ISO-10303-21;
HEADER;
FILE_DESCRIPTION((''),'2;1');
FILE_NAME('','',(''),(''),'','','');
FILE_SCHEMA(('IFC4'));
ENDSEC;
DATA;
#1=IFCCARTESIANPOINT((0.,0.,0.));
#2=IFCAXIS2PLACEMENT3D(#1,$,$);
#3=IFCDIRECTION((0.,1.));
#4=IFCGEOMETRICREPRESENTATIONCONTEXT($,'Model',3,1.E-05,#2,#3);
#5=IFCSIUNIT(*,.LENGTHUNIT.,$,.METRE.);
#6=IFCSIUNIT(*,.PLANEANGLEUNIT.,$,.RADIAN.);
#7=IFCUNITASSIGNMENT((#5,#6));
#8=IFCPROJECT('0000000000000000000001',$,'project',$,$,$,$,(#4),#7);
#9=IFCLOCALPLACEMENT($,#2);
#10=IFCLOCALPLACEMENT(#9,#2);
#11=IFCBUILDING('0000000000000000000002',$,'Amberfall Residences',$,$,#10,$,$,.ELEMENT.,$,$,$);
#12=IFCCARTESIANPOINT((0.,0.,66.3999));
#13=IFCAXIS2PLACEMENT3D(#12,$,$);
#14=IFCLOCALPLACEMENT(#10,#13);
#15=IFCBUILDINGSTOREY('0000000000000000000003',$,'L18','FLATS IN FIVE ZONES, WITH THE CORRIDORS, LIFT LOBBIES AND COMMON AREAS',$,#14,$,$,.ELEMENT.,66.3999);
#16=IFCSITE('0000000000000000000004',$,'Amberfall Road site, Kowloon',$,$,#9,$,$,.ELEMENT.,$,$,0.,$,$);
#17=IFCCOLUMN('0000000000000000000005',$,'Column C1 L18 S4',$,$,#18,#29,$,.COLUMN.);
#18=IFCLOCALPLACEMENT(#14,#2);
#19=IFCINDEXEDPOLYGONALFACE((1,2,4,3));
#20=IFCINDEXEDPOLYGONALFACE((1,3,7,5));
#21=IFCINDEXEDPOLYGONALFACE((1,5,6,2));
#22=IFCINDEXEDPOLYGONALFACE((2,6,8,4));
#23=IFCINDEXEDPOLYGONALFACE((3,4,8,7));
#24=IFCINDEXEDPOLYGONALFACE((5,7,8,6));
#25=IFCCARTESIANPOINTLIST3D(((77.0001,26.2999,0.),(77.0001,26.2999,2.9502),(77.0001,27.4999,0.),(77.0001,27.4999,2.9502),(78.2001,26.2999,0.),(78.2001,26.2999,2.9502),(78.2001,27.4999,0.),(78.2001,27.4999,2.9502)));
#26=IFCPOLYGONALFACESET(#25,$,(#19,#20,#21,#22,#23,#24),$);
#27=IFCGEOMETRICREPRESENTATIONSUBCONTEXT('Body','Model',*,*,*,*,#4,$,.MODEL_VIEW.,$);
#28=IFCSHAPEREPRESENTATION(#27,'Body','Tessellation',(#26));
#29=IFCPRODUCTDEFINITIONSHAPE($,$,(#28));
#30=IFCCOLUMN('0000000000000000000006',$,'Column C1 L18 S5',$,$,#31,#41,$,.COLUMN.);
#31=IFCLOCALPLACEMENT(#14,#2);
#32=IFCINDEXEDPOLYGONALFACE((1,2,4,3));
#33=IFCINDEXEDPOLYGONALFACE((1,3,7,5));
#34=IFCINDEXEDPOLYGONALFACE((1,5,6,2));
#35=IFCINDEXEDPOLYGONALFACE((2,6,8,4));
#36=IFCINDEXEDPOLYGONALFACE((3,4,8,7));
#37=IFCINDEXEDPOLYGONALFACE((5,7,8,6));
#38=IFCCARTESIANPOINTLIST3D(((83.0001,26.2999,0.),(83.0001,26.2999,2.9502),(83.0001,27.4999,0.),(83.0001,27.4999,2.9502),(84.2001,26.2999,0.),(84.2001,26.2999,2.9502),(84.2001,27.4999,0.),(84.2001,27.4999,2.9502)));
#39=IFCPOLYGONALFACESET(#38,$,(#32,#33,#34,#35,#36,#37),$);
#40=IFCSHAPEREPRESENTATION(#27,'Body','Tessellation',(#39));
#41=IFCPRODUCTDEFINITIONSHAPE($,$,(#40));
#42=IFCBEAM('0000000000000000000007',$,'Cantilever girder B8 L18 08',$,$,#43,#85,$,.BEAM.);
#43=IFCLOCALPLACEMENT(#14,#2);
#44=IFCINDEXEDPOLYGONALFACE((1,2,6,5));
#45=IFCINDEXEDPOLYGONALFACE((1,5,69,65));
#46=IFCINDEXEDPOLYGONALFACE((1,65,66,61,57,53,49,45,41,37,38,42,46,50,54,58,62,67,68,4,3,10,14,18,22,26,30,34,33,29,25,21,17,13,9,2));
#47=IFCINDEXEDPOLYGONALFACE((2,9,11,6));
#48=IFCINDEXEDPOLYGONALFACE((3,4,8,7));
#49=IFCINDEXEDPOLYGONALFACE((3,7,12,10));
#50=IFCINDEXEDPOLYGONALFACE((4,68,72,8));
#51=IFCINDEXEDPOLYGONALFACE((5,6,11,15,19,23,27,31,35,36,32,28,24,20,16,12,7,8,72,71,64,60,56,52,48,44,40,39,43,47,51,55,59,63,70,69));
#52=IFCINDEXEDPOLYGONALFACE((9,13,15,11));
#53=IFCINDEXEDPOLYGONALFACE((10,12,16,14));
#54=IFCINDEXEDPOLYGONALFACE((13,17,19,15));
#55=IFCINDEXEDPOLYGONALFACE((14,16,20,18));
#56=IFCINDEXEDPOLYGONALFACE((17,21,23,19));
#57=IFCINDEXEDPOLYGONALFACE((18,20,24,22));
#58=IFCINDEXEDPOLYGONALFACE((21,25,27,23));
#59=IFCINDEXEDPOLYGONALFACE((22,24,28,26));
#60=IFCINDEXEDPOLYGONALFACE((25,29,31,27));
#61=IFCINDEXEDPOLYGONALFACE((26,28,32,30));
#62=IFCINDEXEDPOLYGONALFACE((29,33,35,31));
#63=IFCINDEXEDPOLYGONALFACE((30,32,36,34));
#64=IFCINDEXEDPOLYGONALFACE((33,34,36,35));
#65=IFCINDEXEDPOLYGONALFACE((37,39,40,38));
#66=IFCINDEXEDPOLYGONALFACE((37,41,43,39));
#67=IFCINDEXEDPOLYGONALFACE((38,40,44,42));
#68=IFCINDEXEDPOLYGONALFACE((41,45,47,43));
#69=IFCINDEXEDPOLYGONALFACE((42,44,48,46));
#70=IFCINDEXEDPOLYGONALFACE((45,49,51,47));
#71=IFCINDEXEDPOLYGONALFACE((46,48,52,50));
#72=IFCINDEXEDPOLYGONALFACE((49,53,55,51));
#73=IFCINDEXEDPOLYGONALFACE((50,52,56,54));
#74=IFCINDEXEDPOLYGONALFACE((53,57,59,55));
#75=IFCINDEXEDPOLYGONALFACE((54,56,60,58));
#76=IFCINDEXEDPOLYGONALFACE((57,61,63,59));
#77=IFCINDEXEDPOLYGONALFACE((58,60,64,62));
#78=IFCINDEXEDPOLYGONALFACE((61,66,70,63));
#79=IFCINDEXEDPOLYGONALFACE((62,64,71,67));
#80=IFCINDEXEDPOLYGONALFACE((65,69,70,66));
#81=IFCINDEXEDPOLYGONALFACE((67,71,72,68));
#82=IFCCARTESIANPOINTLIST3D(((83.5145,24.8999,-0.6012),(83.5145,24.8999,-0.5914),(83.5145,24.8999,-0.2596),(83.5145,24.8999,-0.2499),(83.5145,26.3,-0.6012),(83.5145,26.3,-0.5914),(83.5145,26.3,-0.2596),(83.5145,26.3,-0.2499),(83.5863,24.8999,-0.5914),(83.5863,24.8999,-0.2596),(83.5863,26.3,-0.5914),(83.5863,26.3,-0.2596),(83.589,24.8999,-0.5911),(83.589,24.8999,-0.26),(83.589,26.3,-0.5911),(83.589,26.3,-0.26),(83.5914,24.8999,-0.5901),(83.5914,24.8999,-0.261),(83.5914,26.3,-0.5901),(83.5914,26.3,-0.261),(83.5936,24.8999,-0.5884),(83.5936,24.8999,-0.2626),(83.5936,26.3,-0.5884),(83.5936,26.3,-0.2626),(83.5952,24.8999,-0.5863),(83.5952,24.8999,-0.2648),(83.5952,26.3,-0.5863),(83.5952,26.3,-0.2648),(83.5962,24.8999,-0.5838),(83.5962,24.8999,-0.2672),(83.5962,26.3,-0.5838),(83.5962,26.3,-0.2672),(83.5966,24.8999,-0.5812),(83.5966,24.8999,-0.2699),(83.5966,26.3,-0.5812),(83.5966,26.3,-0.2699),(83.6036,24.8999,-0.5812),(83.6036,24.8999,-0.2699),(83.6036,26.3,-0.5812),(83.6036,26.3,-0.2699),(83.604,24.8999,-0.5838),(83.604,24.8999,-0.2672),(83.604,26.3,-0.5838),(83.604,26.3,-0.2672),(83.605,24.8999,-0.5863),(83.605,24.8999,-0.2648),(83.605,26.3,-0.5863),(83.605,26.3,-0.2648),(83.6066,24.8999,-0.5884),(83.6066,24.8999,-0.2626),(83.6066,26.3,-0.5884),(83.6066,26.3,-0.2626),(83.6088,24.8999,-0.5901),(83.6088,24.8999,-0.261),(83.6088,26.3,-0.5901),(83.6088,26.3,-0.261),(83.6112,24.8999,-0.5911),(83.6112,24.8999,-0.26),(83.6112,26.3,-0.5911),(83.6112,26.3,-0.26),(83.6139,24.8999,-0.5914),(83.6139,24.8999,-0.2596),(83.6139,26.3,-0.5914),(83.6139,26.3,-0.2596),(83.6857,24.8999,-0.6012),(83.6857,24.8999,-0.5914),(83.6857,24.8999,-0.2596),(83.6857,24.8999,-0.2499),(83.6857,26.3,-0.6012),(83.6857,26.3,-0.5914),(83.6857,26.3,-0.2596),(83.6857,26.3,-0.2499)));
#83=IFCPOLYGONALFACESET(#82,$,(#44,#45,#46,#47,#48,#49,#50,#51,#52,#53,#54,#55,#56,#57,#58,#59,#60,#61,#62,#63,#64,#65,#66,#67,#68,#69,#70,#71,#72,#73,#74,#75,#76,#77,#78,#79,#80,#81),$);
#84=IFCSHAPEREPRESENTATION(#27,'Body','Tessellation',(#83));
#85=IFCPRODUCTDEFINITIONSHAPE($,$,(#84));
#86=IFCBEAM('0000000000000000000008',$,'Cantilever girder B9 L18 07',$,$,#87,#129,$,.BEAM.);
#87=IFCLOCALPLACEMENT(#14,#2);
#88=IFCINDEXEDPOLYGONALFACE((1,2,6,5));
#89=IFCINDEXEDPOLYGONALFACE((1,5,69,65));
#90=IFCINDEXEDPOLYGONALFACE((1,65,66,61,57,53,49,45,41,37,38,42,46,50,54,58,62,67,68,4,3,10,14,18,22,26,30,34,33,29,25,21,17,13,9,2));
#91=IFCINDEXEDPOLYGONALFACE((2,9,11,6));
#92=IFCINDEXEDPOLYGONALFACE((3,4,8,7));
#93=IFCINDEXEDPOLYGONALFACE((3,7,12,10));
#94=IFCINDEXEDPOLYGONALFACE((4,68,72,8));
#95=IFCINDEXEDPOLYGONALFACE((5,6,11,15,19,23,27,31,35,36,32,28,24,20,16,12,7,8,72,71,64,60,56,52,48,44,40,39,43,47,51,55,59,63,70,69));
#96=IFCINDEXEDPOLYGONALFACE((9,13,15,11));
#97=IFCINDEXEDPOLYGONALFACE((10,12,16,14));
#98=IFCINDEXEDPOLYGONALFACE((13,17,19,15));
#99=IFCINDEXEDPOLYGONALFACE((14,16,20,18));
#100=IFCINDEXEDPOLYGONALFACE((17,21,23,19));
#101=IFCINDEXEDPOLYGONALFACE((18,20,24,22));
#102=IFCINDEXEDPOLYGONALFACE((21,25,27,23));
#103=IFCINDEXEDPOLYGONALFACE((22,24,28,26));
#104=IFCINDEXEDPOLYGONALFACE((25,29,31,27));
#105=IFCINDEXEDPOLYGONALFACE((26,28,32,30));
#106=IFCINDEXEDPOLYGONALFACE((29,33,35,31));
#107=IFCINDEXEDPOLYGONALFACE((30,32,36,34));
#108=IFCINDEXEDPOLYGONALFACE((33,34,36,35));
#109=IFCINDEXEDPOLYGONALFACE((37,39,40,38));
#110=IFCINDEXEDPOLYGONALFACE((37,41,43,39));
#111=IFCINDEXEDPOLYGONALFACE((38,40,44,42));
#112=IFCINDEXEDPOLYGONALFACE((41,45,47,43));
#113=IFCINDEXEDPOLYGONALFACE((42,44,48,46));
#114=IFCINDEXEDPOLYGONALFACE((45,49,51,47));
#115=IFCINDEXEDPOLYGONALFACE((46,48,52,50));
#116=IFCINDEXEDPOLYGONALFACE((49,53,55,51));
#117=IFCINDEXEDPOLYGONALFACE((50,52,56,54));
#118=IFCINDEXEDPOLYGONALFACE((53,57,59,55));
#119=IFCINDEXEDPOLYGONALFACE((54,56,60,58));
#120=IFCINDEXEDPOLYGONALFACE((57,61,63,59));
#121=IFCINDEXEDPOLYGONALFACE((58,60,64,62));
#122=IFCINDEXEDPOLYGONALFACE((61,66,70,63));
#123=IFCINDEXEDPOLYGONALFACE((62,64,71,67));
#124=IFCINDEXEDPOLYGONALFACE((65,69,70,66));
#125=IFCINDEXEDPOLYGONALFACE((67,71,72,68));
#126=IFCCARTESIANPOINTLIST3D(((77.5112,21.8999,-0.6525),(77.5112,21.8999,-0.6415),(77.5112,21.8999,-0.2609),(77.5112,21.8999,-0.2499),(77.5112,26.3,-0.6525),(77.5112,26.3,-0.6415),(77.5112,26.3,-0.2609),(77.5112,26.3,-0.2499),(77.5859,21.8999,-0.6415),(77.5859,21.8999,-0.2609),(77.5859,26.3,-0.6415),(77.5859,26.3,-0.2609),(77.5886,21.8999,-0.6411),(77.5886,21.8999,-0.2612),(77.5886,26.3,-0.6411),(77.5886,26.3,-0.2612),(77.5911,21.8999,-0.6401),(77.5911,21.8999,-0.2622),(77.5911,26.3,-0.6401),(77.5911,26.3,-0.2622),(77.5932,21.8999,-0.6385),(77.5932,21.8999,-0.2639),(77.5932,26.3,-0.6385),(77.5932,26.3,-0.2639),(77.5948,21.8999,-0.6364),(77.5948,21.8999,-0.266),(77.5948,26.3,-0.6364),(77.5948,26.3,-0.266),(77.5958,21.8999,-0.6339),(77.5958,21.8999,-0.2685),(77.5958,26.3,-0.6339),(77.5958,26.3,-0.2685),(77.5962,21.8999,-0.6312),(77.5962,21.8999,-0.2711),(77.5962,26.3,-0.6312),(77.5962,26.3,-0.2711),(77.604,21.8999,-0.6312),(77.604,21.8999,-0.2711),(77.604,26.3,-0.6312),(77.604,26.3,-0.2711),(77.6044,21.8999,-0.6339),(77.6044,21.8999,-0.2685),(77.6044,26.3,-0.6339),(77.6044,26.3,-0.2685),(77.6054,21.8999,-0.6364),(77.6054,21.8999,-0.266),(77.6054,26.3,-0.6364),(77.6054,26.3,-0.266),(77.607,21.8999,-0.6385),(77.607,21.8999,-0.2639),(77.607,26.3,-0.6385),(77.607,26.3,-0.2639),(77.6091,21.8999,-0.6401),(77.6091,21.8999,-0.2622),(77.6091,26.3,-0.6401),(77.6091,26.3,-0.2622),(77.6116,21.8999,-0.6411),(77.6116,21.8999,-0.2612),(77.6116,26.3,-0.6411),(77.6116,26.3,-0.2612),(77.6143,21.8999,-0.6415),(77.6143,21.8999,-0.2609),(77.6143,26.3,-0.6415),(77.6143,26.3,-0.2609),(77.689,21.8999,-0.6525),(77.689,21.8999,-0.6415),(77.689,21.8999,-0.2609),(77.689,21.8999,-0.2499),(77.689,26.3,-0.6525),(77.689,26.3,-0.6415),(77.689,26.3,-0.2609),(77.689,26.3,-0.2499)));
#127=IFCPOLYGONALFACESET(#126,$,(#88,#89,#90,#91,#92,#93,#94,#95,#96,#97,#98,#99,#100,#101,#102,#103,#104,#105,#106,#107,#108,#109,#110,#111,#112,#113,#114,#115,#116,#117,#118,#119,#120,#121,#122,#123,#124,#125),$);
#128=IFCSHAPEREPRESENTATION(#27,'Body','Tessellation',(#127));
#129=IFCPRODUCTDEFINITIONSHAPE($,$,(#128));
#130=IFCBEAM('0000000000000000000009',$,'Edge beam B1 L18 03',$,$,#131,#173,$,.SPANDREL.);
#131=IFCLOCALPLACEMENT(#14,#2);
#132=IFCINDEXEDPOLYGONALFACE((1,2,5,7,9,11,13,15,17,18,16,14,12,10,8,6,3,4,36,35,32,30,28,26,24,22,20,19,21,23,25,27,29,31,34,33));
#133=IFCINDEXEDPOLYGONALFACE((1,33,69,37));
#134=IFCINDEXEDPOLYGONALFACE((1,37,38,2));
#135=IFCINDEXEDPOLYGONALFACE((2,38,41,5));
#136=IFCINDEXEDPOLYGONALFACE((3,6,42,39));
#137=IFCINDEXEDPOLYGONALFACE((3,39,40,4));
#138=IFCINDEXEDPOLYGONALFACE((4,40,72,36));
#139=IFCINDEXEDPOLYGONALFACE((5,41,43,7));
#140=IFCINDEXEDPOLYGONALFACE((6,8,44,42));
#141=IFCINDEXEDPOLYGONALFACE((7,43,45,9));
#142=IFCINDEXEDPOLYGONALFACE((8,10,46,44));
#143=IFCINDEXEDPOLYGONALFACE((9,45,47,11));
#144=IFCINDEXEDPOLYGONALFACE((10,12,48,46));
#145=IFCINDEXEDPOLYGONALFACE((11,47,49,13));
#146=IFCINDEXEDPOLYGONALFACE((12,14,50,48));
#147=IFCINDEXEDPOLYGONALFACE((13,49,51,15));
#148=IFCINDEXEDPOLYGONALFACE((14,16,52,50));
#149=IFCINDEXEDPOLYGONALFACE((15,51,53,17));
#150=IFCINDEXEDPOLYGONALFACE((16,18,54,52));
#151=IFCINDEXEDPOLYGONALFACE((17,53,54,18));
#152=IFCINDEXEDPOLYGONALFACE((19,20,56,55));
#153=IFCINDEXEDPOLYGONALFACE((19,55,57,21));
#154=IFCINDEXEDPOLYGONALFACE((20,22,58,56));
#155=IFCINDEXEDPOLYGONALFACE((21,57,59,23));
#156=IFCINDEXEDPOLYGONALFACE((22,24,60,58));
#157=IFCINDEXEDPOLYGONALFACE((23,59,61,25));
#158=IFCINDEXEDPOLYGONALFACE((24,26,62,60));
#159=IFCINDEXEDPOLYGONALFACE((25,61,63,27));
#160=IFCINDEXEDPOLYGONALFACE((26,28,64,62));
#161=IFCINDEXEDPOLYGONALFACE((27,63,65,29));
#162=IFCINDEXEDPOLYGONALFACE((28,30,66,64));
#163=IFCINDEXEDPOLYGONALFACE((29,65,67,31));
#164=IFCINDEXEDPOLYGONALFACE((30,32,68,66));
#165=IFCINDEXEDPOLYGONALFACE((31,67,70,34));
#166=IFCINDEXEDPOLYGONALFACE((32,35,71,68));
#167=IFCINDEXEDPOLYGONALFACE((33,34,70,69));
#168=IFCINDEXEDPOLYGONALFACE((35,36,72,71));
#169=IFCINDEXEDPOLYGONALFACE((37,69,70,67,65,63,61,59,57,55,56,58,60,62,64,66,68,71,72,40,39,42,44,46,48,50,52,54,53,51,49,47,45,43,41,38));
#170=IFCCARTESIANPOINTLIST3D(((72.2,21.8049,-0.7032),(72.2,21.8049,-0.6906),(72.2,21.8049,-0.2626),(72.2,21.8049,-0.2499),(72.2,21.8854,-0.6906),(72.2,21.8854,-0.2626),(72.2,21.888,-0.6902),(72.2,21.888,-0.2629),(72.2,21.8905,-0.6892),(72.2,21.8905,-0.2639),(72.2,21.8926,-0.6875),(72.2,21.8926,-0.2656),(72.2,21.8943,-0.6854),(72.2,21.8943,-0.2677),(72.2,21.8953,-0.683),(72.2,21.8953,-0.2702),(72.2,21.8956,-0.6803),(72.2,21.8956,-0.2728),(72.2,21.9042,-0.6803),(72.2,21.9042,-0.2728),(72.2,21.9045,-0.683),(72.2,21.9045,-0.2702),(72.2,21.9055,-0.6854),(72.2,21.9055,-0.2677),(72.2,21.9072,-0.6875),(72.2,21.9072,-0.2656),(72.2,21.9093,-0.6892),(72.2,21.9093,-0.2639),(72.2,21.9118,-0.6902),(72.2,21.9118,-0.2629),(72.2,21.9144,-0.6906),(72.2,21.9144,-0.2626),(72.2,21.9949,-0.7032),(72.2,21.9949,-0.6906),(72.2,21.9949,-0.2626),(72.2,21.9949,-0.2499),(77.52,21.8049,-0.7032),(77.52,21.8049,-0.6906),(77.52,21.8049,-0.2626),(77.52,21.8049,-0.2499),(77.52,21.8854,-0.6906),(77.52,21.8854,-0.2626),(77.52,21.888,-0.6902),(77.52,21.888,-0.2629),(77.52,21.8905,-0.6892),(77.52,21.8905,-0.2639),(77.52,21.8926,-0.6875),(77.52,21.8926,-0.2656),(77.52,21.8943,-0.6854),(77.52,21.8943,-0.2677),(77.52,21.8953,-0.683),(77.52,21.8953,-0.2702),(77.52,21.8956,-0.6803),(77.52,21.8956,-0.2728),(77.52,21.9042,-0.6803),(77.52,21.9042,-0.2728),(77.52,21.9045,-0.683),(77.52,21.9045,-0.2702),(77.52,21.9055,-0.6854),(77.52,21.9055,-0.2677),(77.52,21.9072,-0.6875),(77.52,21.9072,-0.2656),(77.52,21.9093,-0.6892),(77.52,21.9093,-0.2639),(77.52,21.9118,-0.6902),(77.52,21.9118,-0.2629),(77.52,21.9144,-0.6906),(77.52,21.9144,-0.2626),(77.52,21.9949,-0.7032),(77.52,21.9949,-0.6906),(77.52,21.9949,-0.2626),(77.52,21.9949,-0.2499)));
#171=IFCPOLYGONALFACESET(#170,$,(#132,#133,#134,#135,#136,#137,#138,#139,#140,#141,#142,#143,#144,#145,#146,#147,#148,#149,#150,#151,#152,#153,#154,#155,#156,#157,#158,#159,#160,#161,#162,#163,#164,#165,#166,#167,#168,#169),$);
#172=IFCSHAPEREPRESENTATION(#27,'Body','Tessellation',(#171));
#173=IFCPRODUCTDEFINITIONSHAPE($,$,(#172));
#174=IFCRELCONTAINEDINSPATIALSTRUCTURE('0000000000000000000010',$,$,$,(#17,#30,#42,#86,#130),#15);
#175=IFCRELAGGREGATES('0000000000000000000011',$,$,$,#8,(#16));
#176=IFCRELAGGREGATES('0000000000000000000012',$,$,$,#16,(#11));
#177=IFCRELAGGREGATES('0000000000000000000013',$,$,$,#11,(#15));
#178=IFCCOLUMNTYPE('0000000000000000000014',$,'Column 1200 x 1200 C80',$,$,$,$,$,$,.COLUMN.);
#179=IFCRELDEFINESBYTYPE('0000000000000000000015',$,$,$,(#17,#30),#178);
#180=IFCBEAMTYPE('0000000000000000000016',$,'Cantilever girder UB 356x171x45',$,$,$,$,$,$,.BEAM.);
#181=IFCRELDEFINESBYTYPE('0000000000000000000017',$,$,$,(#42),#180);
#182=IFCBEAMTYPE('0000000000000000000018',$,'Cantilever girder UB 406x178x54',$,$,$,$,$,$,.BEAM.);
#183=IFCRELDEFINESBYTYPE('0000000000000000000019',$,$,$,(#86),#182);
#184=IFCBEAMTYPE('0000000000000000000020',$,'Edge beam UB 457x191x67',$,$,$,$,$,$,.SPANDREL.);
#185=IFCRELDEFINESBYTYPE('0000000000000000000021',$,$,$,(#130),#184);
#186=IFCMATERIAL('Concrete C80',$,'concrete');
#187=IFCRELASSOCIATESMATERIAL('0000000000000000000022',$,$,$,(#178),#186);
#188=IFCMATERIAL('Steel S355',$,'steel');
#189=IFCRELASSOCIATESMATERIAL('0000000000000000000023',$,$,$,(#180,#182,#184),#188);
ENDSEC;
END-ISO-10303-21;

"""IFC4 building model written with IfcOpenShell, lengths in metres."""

from ifc_helpers import new_model, si_unit, direction, frame, origin, origin_2d, place, context, subcontext, project, spatial, rectangle, i_section, extrude, material, material_profile, profile_set, type_object, element, save


model = new_model("IFC4")

# Units and contexts
model_context = context("Model", 3, precision=1e-05, world=origin(), true_north=direction((0.0, 1.0)))
body_context = subcontext(model_context, "Body", "Model", "MODEL_VIEW")
ifc_project = project(units=[si_unit("LENGTHUNIT", "METRE"), si_unit("PLANEANGLEUNIT", "RADIAN")], contexts=[model_context])

# Site, building, storey
site_placement = place(None, origin())
site = spatial("IfcSite", under=ifc_project, at=site_placement, Name="Amberfall Road site, Kowloon", CompositionType="ELEMENT", RefElevation=0.0)
building_placement = place(site_placement, origin())
building = spatial("IfcBuilding", under=site, at=building_placement, Name="Amberfall Residences", CompositionType="ELEMENT")
storey_placement = place(building_placement, frame((0.0, 0.0, 66.3999)))
storey = spatial("IfcBuildingStorey", under=building, at=storey_placement, Name="L18", Description="FLATS IN FIVE ZONES, WITH THE CORRIDORS, LIFT LOBBIES AND COMMON AREAS", CompositionType="ELEMENT", Elevation=66.3999)

# Columns
ifc_material_1 = material(Name="Concrete C80", Category="concrete")
ifc_material_profile_1 = material_profile(ifc_material_1, rectangle(XDim=1.2, YDim=1.2, at=origin_2d()), Name="Column 1200 x 1200 C80")
ifc_profile_set_1 = profile_set([ifc_material_profile_1], Name="Concrete C80")
column_type = type_object("IfcColumnType", Name="Column 1200 x 1200 C80", PredefinedType="COLUMN", material=ifc_profile_set_1)
for number, where, z_axis, x_axis, name in (
    (1, (77.6001, 26.8999, 0.0), (0.0, 0.0, 1.0), (1.0, 0.0, 0.0), "Column C1 L18 S4"),
    (2, (83.6001, 26.8999, 0.0), (0.0, 0.0, 1.0), (1.0, 0.0, 0.0), "Column C1 L18 S5"),
):
    element("IfcColumn", number, at=place(storey_placement, frame(where, z_axis=z_axis, x_axis=x_axis)), inside=storey, type_object=column_type, Name=name, PredefinedType="COLUMN", context=body_context, shape_type="SweptSolid", body=[
        extrude(rectangle(XDim=1.2, YDim=1.2, at=origin_2d()), origin(), (0.0, 0.0, 1.0), 2.9502),
    ])

# Beams
ifc_material_2 = material(Name="Steel S355", Category="steel")
ifc_material_profile_2 = material_profile(ifc_material_2, i_section(OverallWidth=0.1711, OverallDepth=0.3513, WebThickness=0.0071, FlangeThickness=0.0098, FilletRadius=0.0103, at=origin_2d()), Name="UB 356x171x45")
ifc_profile_set_2 = profile_set([ifc_material_profile_2], Name="Steel S355")
beam_type_1 = type_object("IfcBeamType", Name="Cantilever girder UB 356x171x45", PredefinedType="BEAM", material=ifc_profile_set_2)
beam_1_placement = place(storey_placement, frame((83.6001, 26.3, -0.4255), z_axis=(0.0, -1.0, 0.0), x_axis=(1.0, 0.0, 0.0)))
element("IfcBeam", 3, at=beam_1_placement, inside=storey, type_object=beam_type_1, Name="Cantilever girder B8 L18 08", PredefinedType="BEAM", context=body_context, shape_type="SweptSolid", body=[
    extrude(i_section(OverallWidth=0.1711, OverallDepth=0.3513, WebThickness=0.0071, FlangeThickness=0.0098, FilletRadius=0.0103, at=origin_2d()), origin(), (0.0, 0.0, 1.0), 1.4001),
])
ifc_material_profile_3 = material_profile(ifc_material_2, i_section(OverallWidth=0.1777, OverallDepth=0.4026, WebThickness=0.0078, FlangeThickness=0.011, FilletRadius=0.0103, at=origin_2d()), Name="UB 406x178x54")
ifc_profile_set_3 = profile_set([ifc_material_profile_3], Name="Steel S355")
beam_type_2 = type_object("IfcBeamType", Name="Cantilever girder UB 406x178x54", PredefinedType="BEAM", material=ifc_profile_set_3)
beam_2_placement = place(storey_placement, frame((77.6001, 26.3, -0.4512), z_axis=(0.0, -1.0, 0.0), x_axis=(1.0, 0.0, 0.0)))
element("IfcBeam", 4, at=beam_2_placement, inside=storey, type_object=beam_type_2, Name="Cantilever girder B9 L18 07", PredefinedType="BEAM", context=body_context, shape_type="SweptSolid", body=[
    extrude(i_section(OverallWidth=0.1777, OverallDepth=0.4026, WebThickness=0.0078, FlangeThickness=0.011, FilletRadius=0.0103, at=origin_2d()), origin(), (0.0, 0.0, 1.0), 4.4001),
])
ifc_material_profile_4 = material_profile(ifc_material_2, i_section(OverallWidth=0.1899, OverallDepth=0.4534, WebThickness=0.0085, FlangeThickness=0.0127, FilletRadius=0.0103, at=origin_2d()), Name="UB 457x191x67")
ifc_profile_set_4 = profile_set([ifc_material_profile_4], Name="Steel S355")
beam_type_3 = type_object("IfcBeamType", Name="Edge beam UB 457x191x67", PredefinedType="SPANDREL", material=ifc_profile_set_4)
beam_3_placement = place(storey_placement, frame((72.2, 21.8999, -0.4766), z_axis=(1.0, 0.0, 0.0), x_axis=(0.0, 1.0, 0.0)))
element("IfcBeam", 5, at=beam_3_placement, inside=storey, type_object=beam_type_3, Name="Edge beam B1 L18 03", PredefinedType="SPANDREL", context=body_context, shape_type="SweptSolid", body=[
    extrude(i_section(OverallWidth=0.1899, OverallDepth=0.4534, WebThickness=0.0085, FlangeThickness=0.0127, FilletRadius=0.0103, at=origin_2d()), origin(), (0.0, 0.0, 1.0), 5.3201),
])

save(model, "model.ifc")
